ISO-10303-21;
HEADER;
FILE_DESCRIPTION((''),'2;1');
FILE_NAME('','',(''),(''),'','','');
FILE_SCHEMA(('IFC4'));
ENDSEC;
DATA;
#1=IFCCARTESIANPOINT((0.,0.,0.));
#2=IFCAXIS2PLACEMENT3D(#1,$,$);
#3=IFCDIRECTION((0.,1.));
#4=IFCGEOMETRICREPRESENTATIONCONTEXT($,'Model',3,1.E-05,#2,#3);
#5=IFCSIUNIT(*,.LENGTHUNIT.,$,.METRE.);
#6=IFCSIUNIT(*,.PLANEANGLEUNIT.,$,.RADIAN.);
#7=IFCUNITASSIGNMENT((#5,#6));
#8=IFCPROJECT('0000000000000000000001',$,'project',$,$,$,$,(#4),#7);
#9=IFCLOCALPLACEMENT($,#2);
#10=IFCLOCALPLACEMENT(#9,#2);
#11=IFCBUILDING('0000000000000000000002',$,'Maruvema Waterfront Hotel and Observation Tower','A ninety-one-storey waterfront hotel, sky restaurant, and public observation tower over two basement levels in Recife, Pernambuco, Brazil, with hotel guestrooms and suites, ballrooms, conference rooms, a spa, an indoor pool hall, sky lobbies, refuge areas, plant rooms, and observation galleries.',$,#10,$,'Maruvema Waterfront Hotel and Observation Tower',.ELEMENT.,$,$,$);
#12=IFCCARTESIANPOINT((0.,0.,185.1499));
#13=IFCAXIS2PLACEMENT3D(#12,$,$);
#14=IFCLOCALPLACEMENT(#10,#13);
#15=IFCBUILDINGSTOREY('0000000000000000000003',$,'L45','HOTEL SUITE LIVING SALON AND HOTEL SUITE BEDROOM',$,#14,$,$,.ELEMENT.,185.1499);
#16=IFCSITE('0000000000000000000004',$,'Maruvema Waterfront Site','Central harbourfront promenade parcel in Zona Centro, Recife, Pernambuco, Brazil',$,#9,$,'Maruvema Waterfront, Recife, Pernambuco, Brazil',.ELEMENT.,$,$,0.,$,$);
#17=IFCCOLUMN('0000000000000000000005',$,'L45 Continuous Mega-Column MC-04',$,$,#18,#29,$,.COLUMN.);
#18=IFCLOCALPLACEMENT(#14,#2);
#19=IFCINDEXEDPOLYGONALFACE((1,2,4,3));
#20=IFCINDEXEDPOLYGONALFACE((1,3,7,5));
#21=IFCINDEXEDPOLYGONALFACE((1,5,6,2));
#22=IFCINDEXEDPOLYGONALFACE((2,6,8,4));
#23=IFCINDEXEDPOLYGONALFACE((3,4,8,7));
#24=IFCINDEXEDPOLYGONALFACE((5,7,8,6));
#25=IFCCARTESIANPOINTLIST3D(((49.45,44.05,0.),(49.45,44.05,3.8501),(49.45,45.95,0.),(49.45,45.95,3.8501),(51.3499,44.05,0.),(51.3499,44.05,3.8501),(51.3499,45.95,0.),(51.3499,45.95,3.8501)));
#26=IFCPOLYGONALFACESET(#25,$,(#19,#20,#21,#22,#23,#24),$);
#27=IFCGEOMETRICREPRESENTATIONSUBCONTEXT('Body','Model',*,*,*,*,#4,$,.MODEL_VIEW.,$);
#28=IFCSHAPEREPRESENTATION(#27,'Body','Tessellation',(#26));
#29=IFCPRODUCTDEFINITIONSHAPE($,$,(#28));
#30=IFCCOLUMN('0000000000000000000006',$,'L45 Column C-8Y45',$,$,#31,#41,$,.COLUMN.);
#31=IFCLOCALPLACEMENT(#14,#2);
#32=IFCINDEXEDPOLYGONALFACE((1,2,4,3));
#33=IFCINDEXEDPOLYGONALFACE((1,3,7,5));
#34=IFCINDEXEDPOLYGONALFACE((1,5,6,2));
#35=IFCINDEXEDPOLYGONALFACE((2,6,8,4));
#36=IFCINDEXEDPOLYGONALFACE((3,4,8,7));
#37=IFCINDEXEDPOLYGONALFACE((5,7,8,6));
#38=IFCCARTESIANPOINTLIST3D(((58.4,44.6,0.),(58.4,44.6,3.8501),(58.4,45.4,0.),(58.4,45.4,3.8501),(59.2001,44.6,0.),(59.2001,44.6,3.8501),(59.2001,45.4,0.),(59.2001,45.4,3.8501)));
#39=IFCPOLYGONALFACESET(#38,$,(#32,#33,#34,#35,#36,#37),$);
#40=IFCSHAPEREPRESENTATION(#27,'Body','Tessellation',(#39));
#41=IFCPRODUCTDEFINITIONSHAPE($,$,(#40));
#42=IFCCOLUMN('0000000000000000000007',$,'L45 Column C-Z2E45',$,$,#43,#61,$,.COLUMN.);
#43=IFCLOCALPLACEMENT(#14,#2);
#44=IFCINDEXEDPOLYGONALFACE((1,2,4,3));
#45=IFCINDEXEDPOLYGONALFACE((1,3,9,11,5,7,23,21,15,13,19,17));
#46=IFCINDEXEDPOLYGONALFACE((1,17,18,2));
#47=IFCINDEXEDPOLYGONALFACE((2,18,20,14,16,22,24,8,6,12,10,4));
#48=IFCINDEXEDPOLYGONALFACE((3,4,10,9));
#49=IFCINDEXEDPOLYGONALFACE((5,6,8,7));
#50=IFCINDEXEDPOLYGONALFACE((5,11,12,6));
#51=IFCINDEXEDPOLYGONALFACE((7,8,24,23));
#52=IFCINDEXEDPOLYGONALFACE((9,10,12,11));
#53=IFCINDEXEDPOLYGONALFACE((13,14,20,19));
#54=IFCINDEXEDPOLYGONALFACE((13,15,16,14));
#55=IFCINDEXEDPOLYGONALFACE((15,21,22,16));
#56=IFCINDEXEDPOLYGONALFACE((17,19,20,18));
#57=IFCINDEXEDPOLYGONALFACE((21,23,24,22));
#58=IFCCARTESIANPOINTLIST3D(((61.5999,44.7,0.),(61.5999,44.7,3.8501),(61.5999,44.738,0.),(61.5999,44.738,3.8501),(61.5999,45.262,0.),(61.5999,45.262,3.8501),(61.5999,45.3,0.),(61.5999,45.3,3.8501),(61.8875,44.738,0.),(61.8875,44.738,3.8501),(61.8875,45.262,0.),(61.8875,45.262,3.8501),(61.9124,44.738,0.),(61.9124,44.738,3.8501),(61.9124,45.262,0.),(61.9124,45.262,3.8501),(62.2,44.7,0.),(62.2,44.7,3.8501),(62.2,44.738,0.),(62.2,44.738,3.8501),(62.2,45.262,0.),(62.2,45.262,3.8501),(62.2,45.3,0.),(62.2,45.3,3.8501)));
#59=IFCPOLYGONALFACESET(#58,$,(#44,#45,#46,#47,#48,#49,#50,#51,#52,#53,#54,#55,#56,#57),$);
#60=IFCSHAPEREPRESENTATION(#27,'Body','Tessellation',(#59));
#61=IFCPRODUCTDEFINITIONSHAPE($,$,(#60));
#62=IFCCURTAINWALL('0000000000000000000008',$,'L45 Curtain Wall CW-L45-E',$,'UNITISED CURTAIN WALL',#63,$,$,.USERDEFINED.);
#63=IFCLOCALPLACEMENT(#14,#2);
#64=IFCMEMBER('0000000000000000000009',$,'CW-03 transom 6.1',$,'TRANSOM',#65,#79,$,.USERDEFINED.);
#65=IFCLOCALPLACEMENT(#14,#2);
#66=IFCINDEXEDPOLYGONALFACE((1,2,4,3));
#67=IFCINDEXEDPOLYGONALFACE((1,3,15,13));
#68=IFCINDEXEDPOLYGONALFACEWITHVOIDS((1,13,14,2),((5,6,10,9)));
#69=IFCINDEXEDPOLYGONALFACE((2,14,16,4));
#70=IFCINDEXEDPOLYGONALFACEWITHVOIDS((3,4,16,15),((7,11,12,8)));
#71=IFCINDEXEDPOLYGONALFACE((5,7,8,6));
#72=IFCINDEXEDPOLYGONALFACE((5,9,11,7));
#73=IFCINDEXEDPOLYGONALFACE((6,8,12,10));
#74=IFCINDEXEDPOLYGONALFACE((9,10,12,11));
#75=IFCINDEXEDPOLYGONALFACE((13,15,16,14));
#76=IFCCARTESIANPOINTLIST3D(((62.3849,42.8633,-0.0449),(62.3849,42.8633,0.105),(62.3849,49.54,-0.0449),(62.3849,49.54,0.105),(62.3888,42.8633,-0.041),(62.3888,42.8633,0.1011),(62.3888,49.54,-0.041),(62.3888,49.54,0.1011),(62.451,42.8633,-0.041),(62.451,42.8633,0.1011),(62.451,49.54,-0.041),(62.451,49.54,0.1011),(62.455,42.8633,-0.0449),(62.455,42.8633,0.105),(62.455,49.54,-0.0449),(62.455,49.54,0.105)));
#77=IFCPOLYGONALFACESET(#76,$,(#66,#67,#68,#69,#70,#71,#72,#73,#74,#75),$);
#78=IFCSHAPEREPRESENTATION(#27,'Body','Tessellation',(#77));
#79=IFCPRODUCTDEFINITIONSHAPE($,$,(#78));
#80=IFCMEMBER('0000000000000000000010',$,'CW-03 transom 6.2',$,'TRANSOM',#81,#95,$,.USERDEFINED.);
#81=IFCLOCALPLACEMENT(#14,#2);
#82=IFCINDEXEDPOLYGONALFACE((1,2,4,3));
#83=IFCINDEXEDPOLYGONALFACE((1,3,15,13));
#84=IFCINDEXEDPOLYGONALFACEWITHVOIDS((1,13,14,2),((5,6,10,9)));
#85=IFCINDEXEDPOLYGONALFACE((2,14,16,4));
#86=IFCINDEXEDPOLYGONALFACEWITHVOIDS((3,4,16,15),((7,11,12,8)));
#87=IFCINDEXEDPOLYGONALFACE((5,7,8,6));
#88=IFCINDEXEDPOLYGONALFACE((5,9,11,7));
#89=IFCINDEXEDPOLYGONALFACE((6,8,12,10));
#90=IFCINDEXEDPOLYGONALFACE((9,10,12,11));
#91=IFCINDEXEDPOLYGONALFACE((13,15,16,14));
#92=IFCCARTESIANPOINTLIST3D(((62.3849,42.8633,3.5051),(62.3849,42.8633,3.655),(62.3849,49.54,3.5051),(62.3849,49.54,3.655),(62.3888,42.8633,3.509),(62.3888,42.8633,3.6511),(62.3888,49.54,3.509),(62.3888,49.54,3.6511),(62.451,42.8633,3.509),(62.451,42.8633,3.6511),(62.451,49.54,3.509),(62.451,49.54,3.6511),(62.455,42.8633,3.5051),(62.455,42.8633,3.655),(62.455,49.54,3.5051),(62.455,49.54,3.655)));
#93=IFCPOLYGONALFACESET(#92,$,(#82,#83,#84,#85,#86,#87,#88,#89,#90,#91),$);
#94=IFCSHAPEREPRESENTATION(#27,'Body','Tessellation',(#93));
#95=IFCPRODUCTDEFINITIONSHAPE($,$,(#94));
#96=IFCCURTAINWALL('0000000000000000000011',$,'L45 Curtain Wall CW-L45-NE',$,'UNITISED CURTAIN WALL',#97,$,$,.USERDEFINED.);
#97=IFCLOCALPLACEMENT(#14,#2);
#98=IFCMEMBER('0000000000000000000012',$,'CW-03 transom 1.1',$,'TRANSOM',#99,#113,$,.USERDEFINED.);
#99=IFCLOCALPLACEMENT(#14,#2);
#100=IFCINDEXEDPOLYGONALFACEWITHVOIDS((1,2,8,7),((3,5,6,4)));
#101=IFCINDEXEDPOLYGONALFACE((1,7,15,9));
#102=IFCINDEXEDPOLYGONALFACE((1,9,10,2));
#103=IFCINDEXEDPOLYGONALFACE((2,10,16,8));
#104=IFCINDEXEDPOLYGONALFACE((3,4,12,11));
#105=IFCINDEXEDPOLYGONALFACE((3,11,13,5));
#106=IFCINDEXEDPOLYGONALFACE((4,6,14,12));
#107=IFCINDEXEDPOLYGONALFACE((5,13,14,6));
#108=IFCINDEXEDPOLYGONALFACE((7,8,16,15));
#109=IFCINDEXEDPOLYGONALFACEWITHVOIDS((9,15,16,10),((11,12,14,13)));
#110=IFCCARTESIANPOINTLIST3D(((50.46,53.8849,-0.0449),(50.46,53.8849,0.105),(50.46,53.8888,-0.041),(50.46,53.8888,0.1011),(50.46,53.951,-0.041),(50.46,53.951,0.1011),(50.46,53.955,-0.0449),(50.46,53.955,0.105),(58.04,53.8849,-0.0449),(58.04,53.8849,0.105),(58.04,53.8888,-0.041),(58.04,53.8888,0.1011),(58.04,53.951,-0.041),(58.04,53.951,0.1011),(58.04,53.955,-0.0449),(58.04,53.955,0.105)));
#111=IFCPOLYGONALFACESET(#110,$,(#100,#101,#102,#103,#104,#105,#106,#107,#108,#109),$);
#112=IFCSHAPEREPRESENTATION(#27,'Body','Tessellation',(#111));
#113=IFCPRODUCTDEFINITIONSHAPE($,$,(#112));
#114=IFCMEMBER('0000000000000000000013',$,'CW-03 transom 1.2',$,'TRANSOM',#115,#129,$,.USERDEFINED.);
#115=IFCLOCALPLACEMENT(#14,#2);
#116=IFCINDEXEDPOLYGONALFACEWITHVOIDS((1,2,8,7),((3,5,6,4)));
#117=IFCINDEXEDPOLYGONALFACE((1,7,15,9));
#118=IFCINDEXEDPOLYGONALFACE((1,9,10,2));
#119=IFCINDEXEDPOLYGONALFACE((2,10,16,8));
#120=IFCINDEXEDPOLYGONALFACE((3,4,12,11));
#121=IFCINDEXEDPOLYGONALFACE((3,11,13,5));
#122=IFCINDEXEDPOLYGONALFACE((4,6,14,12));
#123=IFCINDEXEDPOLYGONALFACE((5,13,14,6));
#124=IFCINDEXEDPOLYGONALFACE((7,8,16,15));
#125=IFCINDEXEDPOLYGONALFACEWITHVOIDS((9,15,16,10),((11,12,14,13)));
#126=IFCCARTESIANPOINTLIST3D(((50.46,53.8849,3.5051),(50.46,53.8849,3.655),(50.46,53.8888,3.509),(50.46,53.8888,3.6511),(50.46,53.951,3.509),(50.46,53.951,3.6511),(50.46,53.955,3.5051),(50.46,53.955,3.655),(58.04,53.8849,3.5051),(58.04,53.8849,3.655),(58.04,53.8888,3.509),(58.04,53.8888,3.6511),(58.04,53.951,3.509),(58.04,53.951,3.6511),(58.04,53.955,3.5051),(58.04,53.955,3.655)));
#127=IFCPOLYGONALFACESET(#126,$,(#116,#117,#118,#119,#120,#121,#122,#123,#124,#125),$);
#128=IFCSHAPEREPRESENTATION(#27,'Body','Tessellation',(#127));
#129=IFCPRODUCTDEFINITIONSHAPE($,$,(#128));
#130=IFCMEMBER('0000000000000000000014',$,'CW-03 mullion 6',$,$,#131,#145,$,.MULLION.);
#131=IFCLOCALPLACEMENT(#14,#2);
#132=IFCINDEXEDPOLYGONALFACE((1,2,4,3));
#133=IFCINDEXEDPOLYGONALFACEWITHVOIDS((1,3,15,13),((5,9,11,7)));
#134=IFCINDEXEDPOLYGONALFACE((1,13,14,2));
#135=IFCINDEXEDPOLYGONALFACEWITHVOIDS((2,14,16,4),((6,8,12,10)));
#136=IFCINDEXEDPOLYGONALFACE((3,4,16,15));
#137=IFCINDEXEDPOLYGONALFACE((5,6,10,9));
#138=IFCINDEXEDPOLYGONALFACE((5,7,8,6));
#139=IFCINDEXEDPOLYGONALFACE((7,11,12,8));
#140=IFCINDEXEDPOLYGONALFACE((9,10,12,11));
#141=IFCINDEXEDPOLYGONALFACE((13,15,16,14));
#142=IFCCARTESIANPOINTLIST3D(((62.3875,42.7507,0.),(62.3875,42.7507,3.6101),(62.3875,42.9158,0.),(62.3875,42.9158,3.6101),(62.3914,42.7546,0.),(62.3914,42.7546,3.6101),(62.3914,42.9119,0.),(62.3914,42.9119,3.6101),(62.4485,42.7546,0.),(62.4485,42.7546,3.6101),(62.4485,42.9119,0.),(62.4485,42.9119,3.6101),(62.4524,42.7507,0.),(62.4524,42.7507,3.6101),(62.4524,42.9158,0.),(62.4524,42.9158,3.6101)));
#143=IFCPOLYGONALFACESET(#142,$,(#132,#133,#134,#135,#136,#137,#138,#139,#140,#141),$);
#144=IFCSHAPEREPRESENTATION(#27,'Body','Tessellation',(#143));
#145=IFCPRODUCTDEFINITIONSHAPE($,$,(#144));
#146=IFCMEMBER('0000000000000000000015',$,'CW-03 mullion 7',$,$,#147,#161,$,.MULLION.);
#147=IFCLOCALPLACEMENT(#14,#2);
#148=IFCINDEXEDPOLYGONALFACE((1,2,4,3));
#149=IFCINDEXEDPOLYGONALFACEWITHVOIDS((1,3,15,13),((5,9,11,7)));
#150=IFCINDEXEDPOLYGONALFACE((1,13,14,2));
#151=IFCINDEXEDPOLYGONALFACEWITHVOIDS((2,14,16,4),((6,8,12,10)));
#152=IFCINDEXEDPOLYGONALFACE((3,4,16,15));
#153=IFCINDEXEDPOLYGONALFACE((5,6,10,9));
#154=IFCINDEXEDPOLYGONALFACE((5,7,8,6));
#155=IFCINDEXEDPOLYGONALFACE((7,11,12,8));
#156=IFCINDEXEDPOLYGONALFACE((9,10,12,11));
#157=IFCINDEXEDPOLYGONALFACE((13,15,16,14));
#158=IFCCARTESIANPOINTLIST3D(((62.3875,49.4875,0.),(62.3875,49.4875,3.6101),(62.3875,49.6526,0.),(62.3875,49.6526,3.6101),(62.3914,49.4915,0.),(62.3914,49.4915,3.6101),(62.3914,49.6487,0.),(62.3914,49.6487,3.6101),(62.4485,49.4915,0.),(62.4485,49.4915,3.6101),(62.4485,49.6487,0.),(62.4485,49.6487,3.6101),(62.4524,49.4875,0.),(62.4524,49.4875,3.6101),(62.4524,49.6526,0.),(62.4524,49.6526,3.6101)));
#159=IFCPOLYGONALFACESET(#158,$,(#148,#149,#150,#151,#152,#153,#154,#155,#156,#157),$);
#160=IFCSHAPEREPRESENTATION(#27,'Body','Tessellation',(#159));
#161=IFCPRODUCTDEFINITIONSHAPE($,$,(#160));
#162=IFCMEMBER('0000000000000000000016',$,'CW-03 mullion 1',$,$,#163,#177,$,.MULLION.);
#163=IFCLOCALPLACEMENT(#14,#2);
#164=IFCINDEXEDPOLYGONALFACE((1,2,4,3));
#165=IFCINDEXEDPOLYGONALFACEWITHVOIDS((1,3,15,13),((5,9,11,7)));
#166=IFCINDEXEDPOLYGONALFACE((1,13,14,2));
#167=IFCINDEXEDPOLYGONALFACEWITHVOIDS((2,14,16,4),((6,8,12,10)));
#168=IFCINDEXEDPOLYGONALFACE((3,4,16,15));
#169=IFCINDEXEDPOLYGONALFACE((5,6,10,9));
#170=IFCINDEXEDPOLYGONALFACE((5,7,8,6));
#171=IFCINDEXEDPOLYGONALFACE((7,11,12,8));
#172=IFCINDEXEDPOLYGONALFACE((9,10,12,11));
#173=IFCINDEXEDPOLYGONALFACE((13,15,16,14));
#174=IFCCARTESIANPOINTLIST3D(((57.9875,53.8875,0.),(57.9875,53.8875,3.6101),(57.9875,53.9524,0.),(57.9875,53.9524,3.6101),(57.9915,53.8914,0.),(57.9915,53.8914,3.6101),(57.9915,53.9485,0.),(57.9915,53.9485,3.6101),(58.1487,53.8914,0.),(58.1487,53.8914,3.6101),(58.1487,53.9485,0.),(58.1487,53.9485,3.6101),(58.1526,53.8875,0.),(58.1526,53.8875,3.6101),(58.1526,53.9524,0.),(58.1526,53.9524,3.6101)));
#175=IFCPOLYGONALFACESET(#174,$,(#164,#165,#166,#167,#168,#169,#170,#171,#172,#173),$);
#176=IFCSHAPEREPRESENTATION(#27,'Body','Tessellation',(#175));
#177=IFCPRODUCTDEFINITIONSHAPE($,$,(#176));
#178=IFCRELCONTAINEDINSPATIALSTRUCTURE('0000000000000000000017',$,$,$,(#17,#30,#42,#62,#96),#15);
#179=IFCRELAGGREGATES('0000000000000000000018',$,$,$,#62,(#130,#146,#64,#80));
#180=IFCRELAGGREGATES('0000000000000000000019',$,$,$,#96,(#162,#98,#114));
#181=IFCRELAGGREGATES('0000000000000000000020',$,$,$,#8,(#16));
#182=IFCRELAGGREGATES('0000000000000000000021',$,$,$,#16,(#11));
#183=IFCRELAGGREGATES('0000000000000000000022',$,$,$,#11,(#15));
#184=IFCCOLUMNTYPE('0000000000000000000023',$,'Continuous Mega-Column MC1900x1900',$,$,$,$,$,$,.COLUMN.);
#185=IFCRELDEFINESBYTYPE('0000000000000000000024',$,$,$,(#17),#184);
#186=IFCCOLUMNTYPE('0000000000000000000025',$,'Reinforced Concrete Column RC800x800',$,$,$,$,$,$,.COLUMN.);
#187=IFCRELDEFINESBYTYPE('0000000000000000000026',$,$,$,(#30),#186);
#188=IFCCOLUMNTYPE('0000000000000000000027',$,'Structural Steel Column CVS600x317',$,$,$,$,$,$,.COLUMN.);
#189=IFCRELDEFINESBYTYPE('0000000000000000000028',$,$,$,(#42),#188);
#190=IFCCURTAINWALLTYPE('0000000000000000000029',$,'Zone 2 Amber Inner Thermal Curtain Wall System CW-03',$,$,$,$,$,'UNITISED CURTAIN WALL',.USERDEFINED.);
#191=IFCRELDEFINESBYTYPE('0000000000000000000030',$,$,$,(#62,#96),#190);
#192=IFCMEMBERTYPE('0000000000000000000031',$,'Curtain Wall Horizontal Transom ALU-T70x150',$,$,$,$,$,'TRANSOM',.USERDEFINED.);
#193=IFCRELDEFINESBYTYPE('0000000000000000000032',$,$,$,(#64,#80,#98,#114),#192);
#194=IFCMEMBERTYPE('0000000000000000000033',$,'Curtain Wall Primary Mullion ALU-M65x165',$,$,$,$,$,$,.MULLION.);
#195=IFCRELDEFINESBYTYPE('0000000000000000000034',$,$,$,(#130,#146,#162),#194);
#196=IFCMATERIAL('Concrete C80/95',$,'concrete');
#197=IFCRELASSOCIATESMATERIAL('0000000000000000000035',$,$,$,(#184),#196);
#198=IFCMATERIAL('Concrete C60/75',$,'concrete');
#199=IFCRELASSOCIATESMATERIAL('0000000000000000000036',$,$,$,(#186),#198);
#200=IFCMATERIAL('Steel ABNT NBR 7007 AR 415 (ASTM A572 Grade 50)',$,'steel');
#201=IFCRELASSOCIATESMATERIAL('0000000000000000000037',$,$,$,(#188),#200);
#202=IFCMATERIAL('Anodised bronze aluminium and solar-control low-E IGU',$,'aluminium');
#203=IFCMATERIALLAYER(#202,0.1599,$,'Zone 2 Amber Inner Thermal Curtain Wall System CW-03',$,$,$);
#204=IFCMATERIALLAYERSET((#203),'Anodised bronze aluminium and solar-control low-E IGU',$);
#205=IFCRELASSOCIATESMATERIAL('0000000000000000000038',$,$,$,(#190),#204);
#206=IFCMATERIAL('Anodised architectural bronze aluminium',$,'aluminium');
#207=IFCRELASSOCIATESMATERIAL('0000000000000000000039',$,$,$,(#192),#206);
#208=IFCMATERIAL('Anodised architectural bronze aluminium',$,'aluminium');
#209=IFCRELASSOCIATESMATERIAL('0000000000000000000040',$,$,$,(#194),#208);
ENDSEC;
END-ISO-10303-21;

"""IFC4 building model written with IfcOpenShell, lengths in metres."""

from ifc_helpers import new_model, si_unit, direction, frame, origin, origin_2d, place, context, subcontext, project, spatial, rectangle, hollow_rectangle, i_section, extrude, material, layer, layer_set, material_profile, profile_set, type_object, element, aggregate, save


model = new_model("IFC4")

# Units and contexts
model_context = context("Model", 3, precision=1e-05, world=origin(), true_north=direction((0.0, 1.0)))
body_context = subcontext(model_context, "Body", "Model", "MODEL_VIEW")
ifc_project = project(units=[si_unit("LENGTHUNIT", "METRE"), si_unit("PLANEANGLEUNIT", "RADIAN")], contexts=[model_context])

# Site, building, storey
site_placement = place(None, origin())
site = spatial("IfcSite", under=ifc_project, at=site_placement, Name="Maruvema Waterfront Site", Description="Central harbourfront promenade parcel in Zona Centro, Recife, Pernambuco, Brazil", LongName="Maruvema Waterfront, Recife, Pernambuco, Brazil", CompositionType="ELEMENT", RefElevation=0.0)
building_placement = place(site_placement, origin())
building = spatial("IfcBuilding", under=site, at=building_placement, Name="Maruvema Waterfront Hotel and Observation Tower", Description="A ninety-one-storey waterfront hotel, sky restaurant, and public observation tower over two basement levels in Recife, Pernambuco, Brazil, with hotel guestrooms and suites, ballrooms, conference rooms, a spa, an indoor pool hall, sky lobbies, refuge areas, plant rooms, and observation galleries.", LongName="Maruvema Waterfront Hotel and Observation Tower", CompositionType="ELEMENT")
storey_placement = place(building_placement, frame((0.0, 0.0, 185.1499)))
storey = spatial("IfcBuildingStorey", under=building, at=storey_placement, Name="L45", Description="HOTEL SUITE LIVING SALON AND HOTEL SUITE BEDROOM", CompositionType="ELEMENT", Elevation=185.1499)

# Columns
ifc_material_1 = material(Name="Concrete C80/95", Category="concrete")
ifc_material_profile_1 = material_profile(ifc_material_1, rectangle(XDim=1.8999, YDim=1.8999, at=origin_2d()), Name="MC1900x1900")
ifc_profile_set_1 = profile_set([ifc_material_profile_1], Name="Concrete C80/95")
column_type_1 = type_object("IfcColumnType", Name="Continuous Mega-Column MC1900x1900", PredefinedType="COLUMN", material=ifc_profile_set_1)
column_1_placement = place(storey_placement, frame((50.3999, 45.0, 0.0), z_axis=(0.0, 0.0, 1.0), x_axis=(1.0, 0.0, 0.0)))
element("IfcColumn", 1, at=column_1_placement, inside=storey, type_object=column_type_1, Name="L45 Continuous Mega-Column MC-04", PredefinedType="COLUMN", context=body_context, shape_type="SweptSolid", body=[
    extrude(rectangle(XDim=1.8999, YDim=1.8999, at=origin_2d()), origin(), (0.0, 0.0, 1.0), 3.8501),
])
ifc_material_2 = material(Name="Concrete C60/75", Category="concrete")
ifc_material_profile_2 = material_profile(ifc_material_2, rectangle(XDim=0.8, YDim=0.8, at=origin_2d()), Name="RC800x800")
ifc_profile_set_2 = profile_set([ifc_material_profile_2], Name="Concrete C60/75")
column_type_2 = type_object("IfcColumnType", Name="Reinforced Concrete Column RC800x800", PredefinedType="COLUMN", material=ifc_profile_set_2)
column_2_placement = place(storey_placement, frame((58.8, 45.0, 0.0), z_axis=(0.0, 0.0, 1.0), x_axis=(1.0, 0.0, 0.0)))
element("IfcColumn", 2, at=column_2_placement, inside=storey, type_object=column_type_2, Name="L45 Column C-8Y45", PredefinedType="COLUMN", context=body_context, shape_type="SweptSolid", body=[
    extrude(rectangle(XDim=0.8, YDim=0.8, at=origin_2d()), origin(), (0.0, 0.0, 1.0), 3.8501),
])
ifc_material_3 = material(Name="Steel ABNT NBR 7007 AR 415 (ASTM A572 Grade 50)", Category="steel")
ifc_material_profile_3 = material_profile(ifc_material_3, i_section(OverallWidth=0.6001, OverallDepth=0.6001, WebThickness=0.0249, FlangeThickness=0.0381, at=origin_2d()), Name="CVS600x317")
ifc_profile_set_3 = profile_set([ifc_material_profile_3], Name="Steel ABNT NBR 7007 AR 415 (ASTM A572 Grade 50)")
column_type_3 = type_object("IfcColumnType", Name="Structural Steel Column CVS600x317", PredefinedType="COLUMN", material=ifc_profile_set_3)
column_3_placement = place(storey_placement, frame((61.8999, 45.0, 0.0), z_axis=(0.0, 0.0, 1.0), x_axis=(1.0, 0.0, 0.0)))
element("IfcColumn", 3, at=column_3_placement, inside=storey, type_object=column_type_3, Name="L45 Column C-Z2E45", PredefinedType="COLUMN", context=body_context, shape_type="SweptSolid", body=[
    extrude(i_section(OverallWidth=0.6001, OverallDepth=0.6001, WebThickness=0.0249, FlangeThickness=0.0381, at=origin_2d()), origin(), (0.0, 0.0, 1.0), 3.8501),
])

# Curtain walls, members
ifc_material_4 = material(Name="Anodised bronze aluminium and solar-control low-E IGU", Category="aluminium")
ifc_layer_1 = layer(ifc_material_4, 0.1599, Name="Zone 2 Amber Inner Thermal Curtain Wall System CW-03")
ifc_layer_set_1 = layer_set([ifc_layer_1], Name="Anodised bronze aluminium and solar-control low-E IGU")
curtain_wall_type = type_object("IfcCurtainWallType", Name="Zone 2 Amber Inner Thermal Curtain Wall System CW-03", ElementType="UNITISED CURTAIN WALL", PredefinedType="USERDEFINED", material=ifc_layer_set_1)
curtain_wall_1_placement = place(storey_placement, origin())
curtain_wall_1 = element("IfcCurtainWall", 4, at=curtain_wall_1_placement, inside=storey, type_object=curtain_wall_type, Name="L45 Curtain Wall CW-L45-E", ObjectType="UNITISED CURTAIN WALL", PredefinedType="USERDEFINED")
ifc_material_5 = material(Name="Anodised architectural bronze aluminium", Category="aluminium")
ifc_material_profile_4 = material_profile(ifc_material_5, hollow_rectangle(XDim=0.0701, YDim=0.1499, WallThickness=0.0039, at=origin_2d()), Name="ALU-T70x150")
ifc_profile_set_4 = profile_set([ifc_material_profile_4], Name="Anodised architectural bronze aluminium")
member_type_1 = type_object("IfcMemberType", Name="Curtain Wall Horizontal Transom ALU-T70x150", ElementType="TRANSOM", PredefinedType="USERDEFINED", material=ifc_profile_set_4)
member_1_placement = place(storey_placement, frame((62.4199, 42.8633, 0.03), z_axis=(0.0, 1.0, 0.0), x_axis=(-1.0, 0.0, 0.0)))
member_1 = element("IfcMember", 5, at=member_1_placement, type_object=member_type_1, Name="CW-03 transom 6.1", ObjectType="TRANSOM", PredefinedType="USERDEFINED", context=body_context, shape_type="SweptSolid", body=[
    extrude(hollow_rectangle(XDim=0.0701, YDim=0.1499, WallThickness=0.0039, at=origin_2d()), origin(), (0.0, 0.0, 1.0), 6.6768),
])
member_2_placement = place(storey_placement, frame((62.4199, 42.8633, 3.5801), z_axis=(0.0, 1.0, 0.0), x_axis=(-1.0, 0.0, 0.0)))
member_2 = element("IfcMember", 6, at=member_2_placement, type_object=member_type_1, Name="CW-03 transom 6.2", ObjectType="TRANSOM", PredefinedType="USERDEFINED", context=body_context, shape_type="SweptSolid", body=[
    extrude(hollow_rectangle(XDim=0.0701, YDim=0.1499, WallThickness=0.0039, at=origin_2d()), origin(), (0.0, 0.0, 1.0), 6.6768),
])
curtain_wall_2_placement = place(storey_placement, origin())
curtain_wall_2 = element("IfcCurtainWall", 7, at=curtain_wall_2_placement, inside=storey, type_object=curtain_wall_type, Name="L45 Curtain Wall CW-L45-NE", ObjectType="UNITISED CURTAIN WALL", PredefinedType="USERDEFINED")
member_3_placement = place(storey_placement, frame((58.04, 53.9199, 0.03), z_axis=(-1.0, 0.0, 0.0), x_axis=(0.0, -1.0, 0.0)))
member_3 = element("IfcMember", 8, at=member_3_placement, type_object=member_type_1, Name="CW-03 transom 1.1", ObjectType="TRANSOM", PredefinedType="USERDEFINED", context=body_context, shape_type="SweptSolid", body=[
    extrude(hollow_rectangle(XDim=0.0701, YDim=0.1499, WallThickness=0.0039, at=origin_2d()), origin(), (0.0, 0.0, 1.0), 7.5801),
])
member_4_placement = place(storey_placement, frame((58.04, 53.9199, 3.5801), z_axis=(-1.0, 0.0, 0.0), x_axis=(0.0, -1.0, 0.0)))
member_4 = element("IfcMember", 9, at=member_4_placement, type_object=member_type_1, Name="CW-03 transom 1.2", ObjectType="TRANSOM", PredefinedType="USERDEFINED", context=body_context, shape_type="SweptSolid", body=[
    extrude(hollow_rectangle(XDim=0.0701, YDim=0.1499, WallThickness=0.0039, at=origin_2d()), origin(), (0.0, 0.0, 1.0), 7.5801),
])

# Members
ifc_material_6 = material(Name="Anodised architectural bronze aluminium", Category="aluminium")
ifc_material_profile_5 = material_profile(ifc_material_6, hollow_rectangle(XDim=0.0649, YDim=0.165, WallThickness=0.0039, at=origin_2d()), Name="ALU-M65x165")
ifc_profile_set_5 = profile_set([ifc_material_profile_5], Name="Anodised architectural bronze aluminium")
member_type_2 = type_object("IfcMemberType", Name="Curtain Wall Primary Mullion ALU-M65x165", PredefinedType="MULLION", material=ifc_profile_set_5)
member_5_placement = place(storey_placement, frame((62.4199, 42.8333, 0.0), z_axis=(0.0, 0.0, 1.0), x_axis=(-1.0, 0.0, 0.0)))
member_5 = element("IfcMember", 10, at=member_5_placement, type_object=member_type_2, Name="CW-03 mullion 6", PredefinedType="MULLION", context=body_context, shape_type="SweptSolid", body=[
    extrude(hollow_rectangle(XDim=0.0649, YDim=0.165, WallThickness=0.0039, at=origin_2d()), origin(), (0.0, 0.0, 1.0), 3.6101),
])
member_6_placement = place(storey_placement, frame((62.4199, 49.5701, 0.0), z_axis=(0.0, 0.0, 1.0), x_axis=(-1.0, 0.0, 0.0)))
member_6 = element("IfcMember", 11, at=member_6_placement, type_object=member_type_2, Name="CW-03 mullion 7", PredefinedType="MULLION", context=body_context, shape_type="SweptSolid", body=[
    extrude(hollow_rectangle(XDim=0.0649, YDim=0.165, WallThickness=0.0039, at=origin_2d()), origin(), (0.0, 0.0, 1.0), 3.6101),
])
member_7_placement = place(storey_placement, frame((58.0701, 53.9199, 0.0), z_axis=(0.0, 0.0, 1.0), x_axis=(0.0, -1.0, 0.0)))
member_7 = element("IfcMember", 12, at=member_7_placement, type_object=member_type_2, Name="CW-03 mullion 1", PredefinedType="MULLION", context=body_context, shape_type="SweptSolid", body=[
    extrude(hollow_rectangle(XDim=0.0649, YDim=0.165, WallThickness=0.0039, at=origin_2d()), origin(), (0.0, 0.0, 1.0), 3.6101),
])

aggregate(curtain_wall_1, [member_5, member_6, member_1, member_2])
aggregate(curtain_wall_2, [member_7, member_3, member_4])

save(model, "model.ifc")
